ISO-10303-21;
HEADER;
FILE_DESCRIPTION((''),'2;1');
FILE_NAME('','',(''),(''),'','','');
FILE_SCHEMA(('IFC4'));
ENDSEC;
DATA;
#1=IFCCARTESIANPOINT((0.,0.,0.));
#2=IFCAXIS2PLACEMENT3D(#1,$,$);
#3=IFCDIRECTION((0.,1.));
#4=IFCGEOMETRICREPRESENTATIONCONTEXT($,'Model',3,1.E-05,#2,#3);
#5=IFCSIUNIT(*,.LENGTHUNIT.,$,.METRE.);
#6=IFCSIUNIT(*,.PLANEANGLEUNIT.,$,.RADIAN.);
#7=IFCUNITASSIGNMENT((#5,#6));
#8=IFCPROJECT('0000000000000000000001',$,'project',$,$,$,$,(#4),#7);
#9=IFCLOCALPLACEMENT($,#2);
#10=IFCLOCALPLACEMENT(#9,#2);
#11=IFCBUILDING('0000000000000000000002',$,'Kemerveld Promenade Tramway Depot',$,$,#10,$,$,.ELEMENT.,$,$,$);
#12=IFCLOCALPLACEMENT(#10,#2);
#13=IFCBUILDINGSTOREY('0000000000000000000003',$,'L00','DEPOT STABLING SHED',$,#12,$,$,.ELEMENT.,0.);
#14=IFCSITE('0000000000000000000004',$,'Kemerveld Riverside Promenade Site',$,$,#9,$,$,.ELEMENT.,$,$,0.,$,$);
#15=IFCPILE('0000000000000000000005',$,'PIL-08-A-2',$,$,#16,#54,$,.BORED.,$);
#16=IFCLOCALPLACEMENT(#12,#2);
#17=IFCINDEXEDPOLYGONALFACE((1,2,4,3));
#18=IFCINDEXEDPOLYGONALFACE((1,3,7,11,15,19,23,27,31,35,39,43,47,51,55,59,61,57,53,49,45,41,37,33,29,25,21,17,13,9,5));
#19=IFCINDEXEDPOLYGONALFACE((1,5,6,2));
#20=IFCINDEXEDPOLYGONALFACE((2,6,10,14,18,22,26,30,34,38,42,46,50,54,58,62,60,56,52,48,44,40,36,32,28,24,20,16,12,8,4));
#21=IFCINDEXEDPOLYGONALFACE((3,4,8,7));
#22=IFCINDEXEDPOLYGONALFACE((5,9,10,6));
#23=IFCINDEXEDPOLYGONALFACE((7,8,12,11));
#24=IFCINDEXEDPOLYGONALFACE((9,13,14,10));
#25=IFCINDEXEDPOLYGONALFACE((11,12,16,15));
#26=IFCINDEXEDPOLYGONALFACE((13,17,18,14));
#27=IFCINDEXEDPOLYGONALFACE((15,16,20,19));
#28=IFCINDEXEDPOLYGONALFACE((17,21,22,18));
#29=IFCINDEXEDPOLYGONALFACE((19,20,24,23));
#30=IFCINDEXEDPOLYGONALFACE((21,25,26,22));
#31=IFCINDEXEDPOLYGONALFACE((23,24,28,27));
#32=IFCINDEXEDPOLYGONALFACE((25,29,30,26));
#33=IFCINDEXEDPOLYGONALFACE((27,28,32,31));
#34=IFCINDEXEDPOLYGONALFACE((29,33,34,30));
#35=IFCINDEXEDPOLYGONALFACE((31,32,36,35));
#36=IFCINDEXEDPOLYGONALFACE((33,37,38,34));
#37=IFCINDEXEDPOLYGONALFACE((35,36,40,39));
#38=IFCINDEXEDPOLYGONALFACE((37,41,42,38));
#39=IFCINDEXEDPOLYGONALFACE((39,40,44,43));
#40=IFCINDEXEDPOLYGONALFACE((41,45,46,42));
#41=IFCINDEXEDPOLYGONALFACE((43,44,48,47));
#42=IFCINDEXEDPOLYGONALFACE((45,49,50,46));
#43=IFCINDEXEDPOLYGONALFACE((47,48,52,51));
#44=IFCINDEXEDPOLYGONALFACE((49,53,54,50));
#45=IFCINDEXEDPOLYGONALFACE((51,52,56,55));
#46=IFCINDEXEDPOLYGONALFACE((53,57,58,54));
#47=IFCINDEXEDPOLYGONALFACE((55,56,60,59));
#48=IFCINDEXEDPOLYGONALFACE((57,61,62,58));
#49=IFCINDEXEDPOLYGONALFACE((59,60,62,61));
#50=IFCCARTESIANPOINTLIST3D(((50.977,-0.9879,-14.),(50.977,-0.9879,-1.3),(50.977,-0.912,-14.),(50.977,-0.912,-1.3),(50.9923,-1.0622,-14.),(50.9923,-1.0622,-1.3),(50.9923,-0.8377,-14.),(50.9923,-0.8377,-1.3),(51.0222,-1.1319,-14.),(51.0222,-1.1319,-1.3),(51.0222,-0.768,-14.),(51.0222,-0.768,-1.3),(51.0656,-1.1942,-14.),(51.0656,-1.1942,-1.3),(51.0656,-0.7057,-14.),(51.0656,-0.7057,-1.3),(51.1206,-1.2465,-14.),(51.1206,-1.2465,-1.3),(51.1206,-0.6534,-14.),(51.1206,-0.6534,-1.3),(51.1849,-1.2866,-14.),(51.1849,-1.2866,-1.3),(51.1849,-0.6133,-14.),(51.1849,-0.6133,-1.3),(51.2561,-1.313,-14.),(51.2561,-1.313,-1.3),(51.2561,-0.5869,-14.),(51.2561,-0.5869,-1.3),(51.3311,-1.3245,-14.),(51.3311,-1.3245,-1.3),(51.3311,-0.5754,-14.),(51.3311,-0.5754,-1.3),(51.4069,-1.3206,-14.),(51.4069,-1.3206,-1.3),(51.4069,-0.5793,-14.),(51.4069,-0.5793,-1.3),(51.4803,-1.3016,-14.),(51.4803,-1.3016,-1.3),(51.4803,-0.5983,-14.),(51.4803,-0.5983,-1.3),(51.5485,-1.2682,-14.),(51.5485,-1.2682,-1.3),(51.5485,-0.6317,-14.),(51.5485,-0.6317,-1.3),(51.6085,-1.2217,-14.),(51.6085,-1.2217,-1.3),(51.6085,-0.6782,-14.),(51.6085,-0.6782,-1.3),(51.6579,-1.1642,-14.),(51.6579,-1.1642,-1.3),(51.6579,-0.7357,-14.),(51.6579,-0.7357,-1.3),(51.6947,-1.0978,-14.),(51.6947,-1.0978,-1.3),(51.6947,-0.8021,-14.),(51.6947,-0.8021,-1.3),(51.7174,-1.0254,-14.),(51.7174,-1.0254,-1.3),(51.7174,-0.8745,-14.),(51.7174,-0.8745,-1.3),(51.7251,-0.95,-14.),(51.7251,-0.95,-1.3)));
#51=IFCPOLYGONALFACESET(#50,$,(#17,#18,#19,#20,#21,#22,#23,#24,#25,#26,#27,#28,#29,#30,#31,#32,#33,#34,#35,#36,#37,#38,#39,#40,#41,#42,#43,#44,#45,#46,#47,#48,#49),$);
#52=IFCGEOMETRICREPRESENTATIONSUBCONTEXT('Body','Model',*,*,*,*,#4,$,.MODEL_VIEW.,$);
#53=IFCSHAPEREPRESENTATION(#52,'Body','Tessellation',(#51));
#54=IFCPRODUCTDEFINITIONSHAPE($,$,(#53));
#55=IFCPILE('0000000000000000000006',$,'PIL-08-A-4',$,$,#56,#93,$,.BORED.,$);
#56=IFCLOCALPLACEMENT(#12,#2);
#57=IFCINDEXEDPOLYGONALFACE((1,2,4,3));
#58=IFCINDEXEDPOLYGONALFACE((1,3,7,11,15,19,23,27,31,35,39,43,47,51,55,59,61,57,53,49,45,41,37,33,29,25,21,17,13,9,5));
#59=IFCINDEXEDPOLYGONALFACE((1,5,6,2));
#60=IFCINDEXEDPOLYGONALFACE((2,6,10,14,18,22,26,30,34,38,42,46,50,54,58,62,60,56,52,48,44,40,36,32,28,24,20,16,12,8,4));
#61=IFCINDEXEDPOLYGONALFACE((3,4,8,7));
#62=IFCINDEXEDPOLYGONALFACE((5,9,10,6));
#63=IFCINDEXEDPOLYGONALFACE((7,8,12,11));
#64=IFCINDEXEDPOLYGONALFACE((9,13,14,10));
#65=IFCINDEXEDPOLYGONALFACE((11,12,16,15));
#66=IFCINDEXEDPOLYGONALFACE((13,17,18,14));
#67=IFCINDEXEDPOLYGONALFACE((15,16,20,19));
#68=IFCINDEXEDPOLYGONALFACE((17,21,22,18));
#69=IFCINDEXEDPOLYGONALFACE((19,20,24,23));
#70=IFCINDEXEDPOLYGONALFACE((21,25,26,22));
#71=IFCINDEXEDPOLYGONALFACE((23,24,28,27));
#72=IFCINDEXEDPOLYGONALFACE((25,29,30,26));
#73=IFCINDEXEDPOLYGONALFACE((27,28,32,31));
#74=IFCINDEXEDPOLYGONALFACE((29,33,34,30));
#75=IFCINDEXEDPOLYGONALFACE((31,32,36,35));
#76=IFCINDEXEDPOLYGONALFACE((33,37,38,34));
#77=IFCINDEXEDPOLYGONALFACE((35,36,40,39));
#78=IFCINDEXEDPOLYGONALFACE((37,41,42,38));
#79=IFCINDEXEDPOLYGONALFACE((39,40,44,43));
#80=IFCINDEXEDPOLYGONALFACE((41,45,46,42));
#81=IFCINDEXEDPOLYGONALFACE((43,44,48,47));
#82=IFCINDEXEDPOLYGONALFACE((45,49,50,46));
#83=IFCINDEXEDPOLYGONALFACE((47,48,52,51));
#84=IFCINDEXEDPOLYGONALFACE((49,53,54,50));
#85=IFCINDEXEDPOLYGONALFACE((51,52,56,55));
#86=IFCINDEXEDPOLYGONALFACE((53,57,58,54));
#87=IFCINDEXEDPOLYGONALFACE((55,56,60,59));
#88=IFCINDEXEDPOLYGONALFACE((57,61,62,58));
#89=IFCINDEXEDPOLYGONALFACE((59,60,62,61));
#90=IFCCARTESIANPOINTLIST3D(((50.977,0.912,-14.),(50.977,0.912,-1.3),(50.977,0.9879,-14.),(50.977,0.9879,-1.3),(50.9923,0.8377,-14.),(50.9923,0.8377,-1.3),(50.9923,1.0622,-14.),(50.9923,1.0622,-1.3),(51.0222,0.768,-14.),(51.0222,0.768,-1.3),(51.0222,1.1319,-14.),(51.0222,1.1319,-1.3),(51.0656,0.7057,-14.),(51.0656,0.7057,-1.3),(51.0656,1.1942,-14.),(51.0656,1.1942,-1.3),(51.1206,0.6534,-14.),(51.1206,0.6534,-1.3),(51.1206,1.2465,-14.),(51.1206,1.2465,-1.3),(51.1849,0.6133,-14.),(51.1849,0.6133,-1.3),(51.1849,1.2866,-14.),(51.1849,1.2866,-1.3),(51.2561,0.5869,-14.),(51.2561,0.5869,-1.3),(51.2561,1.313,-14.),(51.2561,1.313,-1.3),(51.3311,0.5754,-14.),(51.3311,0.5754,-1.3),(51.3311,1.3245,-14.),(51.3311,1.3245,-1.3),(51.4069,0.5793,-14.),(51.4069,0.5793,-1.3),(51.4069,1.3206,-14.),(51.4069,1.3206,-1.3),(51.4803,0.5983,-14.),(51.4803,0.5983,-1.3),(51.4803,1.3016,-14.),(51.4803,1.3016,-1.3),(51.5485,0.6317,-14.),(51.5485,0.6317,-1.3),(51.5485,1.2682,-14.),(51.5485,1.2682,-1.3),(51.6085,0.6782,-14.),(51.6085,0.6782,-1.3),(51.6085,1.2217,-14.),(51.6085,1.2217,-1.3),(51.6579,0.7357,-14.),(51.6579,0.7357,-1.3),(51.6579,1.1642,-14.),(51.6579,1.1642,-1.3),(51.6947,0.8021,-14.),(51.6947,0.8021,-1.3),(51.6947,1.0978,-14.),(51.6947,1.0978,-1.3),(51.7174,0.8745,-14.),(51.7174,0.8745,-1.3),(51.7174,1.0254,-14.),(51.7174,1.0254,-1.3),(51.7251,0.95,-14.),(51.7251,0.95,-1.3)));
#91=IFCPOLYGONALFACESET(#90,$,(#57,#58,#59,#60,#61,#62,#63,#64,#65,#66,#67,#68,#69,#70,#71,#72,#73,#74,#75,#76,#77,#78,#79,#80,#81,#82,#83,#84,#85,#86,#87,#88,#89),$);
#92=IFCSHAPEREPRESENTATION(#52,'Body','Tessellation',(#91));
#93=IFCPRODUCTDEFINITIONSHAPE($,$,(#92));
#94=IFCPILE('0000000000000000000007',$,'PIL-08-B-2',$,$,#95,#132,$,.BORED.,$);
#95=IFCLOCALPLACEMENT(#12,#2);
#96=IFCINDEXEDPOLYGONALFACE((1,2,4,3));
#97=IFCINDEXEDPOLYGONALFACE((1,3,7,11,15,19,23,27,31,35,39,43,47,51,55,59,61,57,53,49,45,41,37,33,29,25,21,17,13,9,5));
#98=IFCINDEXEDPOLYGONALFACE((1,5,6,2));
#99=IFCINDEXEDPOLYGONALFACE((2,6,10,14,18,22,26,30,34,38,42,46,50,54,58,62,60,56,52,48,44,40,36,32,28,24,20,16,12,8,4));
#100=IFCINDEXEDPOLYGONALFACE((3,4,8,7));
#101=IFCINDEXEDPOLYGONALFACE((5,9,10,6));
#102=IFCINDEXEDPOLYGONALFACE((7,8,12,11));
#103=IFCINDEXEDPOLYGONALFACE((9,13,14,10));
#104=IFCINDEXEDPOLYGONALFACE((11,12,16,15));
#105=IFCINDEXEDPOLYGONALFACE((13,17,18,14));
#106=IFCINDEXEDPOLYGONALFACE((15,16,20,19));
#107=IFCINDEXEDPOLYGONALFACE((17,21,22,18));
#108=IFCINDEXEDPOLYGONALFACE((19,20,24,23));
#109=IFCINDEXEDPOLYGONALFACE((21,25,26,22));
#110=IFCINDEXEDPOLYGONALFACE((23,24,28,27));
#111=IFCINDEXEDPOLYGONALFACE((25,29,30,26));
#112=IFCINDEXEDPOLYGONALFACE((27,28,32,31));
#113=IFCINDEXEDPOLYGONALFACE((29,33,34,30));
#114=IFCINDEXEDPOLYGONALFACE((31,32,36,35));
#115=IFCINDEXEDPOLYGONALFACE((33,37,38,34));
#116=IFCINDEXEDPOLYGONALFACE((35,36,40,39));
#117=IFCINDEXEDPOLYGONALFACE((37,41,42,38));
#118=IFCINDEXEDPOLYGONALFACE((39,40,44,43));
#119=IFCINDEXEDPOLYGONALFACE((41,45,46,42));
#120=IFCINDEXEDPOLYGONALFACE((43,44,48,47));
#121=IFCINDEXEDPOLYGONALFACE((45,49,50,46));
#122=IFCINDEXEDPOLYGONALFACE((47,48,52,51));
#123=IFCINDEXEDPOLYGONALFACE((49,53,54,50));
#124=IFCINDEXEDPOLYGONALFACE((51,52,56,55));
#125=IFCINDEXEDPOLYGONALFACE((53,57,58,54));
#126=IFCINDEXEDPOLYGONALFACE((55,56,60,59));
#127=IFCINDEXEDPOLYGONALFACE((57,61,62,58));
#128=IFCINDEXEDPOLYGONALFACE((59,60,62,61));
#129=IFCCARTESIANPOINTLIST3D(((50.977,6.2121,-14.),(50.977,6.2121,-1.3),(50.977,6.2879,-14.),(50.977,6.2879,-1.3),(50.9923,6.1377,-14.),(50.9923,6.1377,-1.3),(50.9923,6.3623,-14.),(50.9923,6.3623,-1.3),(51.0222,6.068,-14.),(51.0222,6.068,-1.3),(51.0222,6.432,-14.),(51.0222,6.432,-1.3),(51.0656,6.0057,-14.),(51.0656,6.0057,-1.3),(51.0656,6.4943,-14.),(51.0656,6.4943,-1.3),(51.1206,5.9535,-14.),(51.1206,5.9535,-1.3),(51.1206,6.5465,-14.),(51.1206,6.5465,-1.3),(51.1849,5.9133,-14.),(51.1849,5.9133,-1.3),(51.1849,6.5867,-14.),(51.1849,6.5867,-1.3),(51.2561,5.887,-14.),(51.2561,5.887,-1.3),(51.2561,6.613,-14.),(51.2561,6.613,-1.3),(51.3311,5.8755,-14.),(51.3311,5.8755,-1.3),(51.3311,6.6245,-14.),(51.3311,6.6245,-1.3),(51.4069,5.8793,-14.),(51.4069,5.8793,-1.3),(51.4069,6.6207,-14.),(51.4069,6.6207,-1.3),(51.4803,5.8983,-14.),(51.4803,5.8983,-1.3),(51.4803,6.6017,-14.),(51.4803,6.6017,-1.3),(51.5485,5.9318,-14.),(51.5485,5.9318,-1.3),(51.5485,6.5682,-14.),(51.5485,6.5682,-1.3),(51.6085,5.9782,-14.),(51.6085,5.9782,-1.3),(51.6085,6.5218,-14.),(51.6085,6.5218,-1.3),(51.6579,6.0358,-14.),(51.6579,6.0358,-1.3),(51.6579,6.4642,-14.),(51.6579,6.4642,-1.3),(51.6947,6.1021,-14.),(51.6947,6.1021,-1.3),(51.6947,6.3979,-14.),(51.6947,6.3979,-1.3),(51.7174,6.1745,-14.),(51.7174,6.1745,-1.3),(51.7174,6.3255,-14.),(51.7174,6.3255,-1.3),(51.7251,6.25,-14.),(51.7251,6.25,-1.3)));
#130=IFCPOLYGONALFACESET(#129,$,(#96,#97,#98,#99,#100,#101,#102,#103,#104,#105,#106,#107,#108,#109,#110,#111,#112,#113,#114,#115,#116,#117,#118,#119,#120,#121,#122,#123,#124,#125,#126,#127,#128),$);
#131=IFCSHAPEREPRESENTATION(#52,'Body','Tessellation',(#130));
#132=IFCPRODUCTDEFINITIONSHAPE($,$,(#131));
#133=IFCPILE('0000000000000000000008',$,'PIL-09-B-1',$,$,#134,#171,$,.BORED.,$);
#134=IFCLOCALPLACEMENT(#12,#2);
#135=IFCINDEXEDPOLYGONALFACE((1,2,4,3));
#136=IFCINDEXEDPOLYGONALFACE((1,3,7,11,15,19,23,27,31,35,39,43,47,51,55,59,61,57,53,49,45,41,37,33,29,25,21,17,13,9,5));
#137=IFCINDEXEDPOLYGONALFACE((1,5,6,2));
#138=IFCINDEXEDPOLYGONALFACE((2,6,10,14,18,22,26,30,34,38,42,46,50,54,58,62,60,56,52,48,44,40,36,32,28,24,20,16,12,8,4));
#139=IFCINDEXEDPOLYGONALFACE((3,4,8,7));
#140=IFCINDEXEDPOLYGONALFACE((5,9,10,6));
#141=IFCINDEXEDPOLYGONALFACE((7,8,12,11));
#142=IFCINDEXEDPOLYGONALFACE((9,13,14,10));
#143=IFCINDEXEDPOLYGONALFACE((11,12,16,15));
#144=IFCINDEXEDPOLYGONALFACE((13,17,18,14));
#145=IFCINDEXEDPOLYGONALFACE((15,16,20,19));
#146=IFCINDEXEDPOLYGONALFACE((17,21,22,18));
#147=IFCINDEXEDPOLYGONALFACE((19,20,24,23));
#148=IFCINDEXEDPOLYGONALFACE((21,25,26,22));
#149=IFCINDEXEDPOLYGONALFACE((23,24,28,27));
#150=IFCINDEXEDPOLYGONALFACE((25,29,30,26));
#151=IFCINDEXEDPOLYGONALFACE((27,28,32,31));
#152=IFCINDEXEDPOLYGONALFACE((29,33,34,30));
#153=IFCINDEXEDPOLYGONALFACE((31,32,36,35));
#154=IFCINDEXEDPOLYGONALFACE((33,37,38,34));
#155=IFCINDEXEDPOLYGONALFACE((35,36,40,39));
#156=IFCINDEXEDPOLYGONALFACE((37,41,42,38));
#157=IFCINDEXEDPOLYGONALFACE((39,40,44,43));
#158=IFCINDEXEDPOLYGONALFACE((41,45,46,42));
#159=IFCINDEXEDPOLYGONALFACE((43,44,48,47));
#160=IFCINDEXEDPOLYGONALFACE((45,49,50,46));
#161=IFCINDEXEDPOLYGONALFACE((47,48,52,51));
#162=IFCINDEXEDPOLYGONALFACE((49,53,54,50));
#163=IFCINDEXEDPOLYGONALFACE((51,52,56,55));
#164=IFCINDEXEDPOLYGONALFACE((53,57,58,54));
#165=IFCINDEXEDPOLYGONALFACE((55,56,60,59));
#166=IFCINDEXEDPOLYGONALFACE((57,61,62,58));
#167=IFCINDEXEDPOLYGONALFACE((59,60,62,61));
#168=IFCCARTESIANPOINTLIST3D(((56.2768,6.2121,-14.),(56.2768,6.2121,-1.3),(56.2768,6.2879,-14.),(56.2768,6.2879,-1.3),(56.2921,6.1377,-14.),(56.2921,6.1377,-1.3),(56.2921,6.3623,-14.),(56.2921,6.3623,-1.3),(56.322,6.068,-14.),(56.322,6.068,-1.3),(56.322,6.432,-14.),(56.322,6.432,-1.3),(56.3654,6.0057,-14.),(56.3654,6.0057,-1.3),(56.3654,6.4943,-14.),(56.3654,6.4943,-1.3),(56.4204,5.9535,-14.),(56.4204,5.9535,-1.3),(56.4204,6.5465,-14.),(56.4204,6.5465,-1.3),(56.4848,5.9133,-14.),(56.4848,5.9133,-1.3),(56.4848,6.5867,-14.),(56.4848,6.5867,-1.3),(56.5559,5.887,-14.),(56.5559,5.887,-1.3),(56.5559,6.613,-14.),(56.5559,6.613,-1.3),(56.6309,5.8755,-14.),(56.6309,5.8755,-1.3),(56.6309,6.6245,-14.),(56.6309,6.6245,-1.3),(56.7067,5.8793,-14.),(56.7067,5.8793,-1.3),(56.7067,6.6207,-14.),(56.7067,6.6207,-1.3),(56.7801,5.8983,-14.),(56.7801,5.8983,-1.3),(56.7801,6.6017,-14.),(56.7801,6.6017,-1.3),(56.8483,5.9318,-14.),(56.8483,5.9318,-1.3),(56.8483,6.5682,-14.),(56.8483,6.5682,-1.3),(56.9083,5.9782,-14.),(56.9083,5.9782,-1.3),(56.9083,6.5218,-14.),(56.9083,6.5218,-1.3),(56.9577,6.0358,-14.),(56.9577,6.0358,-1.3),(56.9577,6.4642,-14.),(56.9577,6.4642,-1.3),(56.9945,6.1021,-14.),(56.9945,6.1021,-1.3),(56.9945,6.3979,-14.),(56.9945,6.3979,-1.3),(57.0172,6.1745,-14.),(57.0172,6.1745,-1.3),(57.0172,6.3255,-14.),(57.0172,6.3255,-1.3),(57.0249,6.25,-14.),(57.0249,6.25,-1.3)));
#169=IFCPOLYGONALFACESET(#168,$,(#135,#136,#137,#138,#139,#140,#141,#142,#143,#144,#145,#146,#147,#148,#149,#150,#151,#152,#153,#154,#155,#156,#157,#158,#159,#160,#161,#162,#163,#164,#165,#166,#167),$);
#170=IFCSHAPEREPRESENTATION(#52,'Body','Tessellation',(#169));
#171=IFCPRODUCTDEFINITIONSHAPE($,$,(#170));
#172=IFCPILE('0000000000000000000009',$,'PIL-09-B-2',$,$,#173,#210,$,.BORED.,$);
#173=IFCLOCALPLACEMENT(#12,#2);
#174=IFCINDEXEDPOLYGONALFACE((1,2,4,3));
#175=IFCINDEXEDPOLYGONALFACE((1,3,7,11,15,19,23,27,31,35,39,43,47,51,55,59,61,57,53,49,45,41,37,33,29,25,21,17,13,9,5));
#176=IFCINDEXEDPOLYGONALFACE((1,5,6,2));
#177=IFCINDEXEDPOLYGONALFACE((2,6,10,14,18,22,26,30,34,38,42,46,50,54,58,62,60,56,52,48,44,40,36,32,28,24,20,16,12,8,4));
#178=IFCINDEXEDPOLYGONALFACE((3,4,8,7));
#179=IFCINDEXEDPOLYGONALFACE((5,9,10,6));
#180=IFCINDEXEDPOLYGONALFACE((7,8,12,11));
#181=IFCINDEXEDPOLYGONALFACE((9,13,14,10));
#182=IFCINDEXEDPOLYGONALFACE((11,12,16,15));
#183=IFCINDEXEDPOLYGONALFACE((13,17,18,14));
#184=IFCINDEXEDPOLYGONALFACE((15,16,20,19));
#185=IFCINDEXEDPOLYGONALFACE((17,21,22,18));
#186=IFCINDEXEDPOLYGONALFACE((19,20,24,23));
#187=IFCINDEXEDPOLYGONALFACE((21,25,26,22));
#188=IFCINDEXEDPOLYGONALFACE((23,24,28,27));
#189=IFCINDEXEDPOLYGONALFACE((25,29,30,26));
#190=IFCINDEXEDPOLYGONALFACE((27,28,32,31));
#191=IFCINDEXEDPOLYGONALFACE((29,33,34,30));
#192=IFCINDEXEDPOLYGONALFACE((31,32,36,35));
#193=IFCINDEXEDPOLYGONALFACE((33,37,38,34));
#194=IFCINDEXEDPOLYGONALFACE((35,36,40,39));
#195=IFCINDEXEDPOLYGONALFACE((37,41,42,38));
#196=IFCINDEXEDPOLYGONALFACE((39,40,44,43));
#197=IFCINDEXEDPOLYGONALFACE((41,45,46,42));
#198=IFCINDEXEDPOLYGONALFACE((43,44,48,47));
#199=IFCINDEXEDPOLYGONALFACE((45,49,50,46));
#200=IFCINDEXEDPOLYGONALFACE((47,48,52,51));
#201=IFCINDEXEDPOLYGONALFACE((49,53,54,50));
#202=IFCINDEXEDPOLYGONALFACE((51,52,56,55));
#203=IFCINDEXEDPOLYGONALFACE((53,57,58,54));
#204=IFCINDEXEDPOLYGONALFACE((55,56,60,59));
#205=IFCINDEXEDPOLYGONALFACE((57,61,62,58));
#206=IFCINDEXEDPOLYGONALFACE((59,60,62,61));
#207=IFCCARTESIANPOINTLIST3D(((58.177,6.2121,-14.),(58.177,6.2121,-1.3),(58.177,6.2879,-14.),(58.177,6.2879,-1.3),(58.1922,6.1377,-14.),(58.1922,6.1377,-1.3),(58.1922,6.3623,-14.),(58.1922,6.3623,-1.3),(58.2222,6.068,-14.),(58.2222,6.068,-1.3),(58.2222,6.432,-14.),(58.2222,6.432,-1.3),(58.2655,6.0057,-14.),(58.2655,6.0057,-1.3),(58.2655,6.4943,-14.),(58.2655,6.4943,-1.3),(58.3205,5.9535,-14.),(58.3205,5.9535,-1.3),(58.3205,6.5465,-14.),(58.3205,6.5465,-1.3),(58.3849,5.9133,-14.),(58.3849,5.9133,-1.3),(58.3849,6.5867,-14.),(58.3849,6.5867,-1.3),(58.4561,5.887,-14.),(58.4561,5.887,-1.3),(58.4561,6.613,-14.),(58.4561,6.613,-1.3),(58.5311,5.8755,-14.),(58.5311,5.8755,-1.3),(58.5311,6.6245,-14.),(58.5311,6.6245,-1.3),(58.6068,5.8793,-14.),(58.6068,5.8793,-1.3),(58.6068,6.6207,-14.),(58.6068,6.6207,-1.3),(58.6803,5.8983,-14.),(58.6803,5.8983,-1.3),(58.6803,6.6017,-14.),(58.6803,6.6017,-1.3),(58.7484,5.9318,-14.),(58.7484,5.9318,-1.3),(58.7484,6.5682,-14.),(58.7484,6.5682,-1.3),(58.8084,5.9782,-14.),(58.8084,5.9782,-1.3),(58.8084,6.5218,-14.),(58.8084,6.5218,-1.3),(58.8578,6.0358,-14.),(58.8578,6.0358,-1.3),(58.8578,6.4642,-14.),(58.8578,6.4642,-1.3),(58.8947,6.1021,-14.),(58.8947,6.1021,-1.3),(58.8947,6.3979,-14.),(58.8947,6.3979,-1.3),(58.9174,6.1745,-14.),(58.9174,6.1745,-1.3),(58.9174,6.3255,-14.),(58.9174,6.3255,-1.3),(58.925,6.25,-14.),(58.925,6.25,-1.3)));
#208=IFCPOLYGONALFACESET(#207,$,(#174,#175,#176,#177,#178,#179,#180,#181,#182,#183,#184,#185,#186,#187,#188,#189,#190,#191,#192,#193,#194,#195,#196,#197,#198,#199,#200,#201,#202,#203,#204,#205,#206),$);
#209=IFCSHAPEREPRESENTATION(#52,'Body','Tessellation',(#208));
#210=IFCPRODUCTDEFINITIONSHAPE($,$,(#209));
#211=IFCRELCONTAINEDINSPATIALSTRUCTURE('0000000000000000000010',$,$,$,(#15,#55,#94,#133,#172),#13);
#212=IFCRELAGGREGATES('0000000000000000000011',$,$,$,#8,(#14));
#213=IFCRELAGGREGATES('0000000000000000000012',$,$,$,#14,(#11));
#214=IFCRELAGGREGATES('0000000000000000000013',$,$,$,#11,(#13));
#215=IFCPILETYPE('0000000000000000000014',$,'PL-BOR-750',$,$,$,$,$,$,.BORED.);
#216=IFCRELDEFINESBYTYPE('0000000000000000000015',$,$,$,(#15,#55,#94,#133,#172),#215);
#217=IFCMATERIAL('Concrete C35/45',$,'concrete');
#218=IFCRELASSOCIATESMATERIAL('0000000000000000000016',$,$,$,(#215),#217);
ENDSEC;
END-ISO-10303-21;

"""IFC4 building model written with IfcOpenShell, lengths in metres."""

from ifc_helpers import new_model, si_unit, direction, frame, origin, origin_2d, place, context, subcontext, project, spatial, circle, extrude, material, material_profile, profile_set, type_object, element, save


model = new_model("IFC4")

# Units and contexts
model_context = context("Model", 3, precision=1e-05, world=origin(), true_north=direction((0.0, 1.0)))
body_context = subcontext(model_context, "Body", "Model", "MODEL_VIEW")
ifc_project = project(units=[si_unit("LENGTHUNIT", "METRE"), si_unit("PLANEANGLEUNIT", "RADIAN")], contexts=[model_context])

# Site, building, storey
site_placement = place(None, origin())
site = spatial("IfcSite", under=ifc_project, at=site_placement, Name="Kemerveld Riverside Promenade Site", CompositionType="ELEMENT", RefElevation=0.0)
building_placement = place(site_placement, origin())
building = spatial("IfcBuilding", under=site, at=building_placement, Name="Kemerveld Promenade Tramway Depot", CompositionType="ELEMENT")
storey_placement = place(building_placement, origin())
storey = spatial("IfcBuildingStorey", under=building, at=storey_placement, Name="L00", Description="DEPOT STABLING SHED", CompositionType="ELEMENT", Elevation=0.0)

# Shared definitions
ifc_material_1 = material(Name="Concrete C35/45", Category="concrete")

# Piles
ifc_material_profile_1 = material_profile(ifc_material_1, circle(Radius=0.375, at=origin_2d()), Name="PILE-D750")
ifc_profile_set_1 = profile_set([ifc_material_profile_1], Name="Concrete C35/45")
pile_type_1 = type_object("IfcPileType", Name="PL-BOR-750", PredefinedType="BORED", material=ifc_profile_set_1)
for number, where, z_axis, x_axis, name in (
    (1, (51.3501, -0.95, -1.3), (0.0, 0.0, -1.0), (1.0, 0.0, 0.0), "PIL-08-A-2"),
    (2, (51.3501, 0.95, -1.3), (0.0, 0.0, -1.0), (1.0, 0.0, 0.0), "PIL-08-A-4"),
    (3, (51.3501, 6.25, -1.3), (0.0, 0.0, -1.0), (1.0, 0.0, 0.0), "PIL-08-B-2"),
    (4, (56.6499, 6.25, -1.3), (0.0, 0.0, -1.0), (1.0, 0.0, 0.0), "PIL-09-B-1"),
    (5, (58.55, 6.25, -1.3), (0.0, 0.0, -1.0), (1.0, 0.0, 0.0), "PIL-09-B-2"),
):
    element("IfcPile", number, at=place(storey_placement, frame(where, z_axis=z_axis, x_axis=x_axis)), inside=storey, type_object=pile_type_1, Name=name, PredefinedType="BORED", context=body_context, shape_type="SweptSolid", body=[
        extrude(circle(Radius=0.375, at=origin_2d()), origin(), (0.0, 0.0, 1.0), 12.7),
    ])

save(model, "model.ifc")
